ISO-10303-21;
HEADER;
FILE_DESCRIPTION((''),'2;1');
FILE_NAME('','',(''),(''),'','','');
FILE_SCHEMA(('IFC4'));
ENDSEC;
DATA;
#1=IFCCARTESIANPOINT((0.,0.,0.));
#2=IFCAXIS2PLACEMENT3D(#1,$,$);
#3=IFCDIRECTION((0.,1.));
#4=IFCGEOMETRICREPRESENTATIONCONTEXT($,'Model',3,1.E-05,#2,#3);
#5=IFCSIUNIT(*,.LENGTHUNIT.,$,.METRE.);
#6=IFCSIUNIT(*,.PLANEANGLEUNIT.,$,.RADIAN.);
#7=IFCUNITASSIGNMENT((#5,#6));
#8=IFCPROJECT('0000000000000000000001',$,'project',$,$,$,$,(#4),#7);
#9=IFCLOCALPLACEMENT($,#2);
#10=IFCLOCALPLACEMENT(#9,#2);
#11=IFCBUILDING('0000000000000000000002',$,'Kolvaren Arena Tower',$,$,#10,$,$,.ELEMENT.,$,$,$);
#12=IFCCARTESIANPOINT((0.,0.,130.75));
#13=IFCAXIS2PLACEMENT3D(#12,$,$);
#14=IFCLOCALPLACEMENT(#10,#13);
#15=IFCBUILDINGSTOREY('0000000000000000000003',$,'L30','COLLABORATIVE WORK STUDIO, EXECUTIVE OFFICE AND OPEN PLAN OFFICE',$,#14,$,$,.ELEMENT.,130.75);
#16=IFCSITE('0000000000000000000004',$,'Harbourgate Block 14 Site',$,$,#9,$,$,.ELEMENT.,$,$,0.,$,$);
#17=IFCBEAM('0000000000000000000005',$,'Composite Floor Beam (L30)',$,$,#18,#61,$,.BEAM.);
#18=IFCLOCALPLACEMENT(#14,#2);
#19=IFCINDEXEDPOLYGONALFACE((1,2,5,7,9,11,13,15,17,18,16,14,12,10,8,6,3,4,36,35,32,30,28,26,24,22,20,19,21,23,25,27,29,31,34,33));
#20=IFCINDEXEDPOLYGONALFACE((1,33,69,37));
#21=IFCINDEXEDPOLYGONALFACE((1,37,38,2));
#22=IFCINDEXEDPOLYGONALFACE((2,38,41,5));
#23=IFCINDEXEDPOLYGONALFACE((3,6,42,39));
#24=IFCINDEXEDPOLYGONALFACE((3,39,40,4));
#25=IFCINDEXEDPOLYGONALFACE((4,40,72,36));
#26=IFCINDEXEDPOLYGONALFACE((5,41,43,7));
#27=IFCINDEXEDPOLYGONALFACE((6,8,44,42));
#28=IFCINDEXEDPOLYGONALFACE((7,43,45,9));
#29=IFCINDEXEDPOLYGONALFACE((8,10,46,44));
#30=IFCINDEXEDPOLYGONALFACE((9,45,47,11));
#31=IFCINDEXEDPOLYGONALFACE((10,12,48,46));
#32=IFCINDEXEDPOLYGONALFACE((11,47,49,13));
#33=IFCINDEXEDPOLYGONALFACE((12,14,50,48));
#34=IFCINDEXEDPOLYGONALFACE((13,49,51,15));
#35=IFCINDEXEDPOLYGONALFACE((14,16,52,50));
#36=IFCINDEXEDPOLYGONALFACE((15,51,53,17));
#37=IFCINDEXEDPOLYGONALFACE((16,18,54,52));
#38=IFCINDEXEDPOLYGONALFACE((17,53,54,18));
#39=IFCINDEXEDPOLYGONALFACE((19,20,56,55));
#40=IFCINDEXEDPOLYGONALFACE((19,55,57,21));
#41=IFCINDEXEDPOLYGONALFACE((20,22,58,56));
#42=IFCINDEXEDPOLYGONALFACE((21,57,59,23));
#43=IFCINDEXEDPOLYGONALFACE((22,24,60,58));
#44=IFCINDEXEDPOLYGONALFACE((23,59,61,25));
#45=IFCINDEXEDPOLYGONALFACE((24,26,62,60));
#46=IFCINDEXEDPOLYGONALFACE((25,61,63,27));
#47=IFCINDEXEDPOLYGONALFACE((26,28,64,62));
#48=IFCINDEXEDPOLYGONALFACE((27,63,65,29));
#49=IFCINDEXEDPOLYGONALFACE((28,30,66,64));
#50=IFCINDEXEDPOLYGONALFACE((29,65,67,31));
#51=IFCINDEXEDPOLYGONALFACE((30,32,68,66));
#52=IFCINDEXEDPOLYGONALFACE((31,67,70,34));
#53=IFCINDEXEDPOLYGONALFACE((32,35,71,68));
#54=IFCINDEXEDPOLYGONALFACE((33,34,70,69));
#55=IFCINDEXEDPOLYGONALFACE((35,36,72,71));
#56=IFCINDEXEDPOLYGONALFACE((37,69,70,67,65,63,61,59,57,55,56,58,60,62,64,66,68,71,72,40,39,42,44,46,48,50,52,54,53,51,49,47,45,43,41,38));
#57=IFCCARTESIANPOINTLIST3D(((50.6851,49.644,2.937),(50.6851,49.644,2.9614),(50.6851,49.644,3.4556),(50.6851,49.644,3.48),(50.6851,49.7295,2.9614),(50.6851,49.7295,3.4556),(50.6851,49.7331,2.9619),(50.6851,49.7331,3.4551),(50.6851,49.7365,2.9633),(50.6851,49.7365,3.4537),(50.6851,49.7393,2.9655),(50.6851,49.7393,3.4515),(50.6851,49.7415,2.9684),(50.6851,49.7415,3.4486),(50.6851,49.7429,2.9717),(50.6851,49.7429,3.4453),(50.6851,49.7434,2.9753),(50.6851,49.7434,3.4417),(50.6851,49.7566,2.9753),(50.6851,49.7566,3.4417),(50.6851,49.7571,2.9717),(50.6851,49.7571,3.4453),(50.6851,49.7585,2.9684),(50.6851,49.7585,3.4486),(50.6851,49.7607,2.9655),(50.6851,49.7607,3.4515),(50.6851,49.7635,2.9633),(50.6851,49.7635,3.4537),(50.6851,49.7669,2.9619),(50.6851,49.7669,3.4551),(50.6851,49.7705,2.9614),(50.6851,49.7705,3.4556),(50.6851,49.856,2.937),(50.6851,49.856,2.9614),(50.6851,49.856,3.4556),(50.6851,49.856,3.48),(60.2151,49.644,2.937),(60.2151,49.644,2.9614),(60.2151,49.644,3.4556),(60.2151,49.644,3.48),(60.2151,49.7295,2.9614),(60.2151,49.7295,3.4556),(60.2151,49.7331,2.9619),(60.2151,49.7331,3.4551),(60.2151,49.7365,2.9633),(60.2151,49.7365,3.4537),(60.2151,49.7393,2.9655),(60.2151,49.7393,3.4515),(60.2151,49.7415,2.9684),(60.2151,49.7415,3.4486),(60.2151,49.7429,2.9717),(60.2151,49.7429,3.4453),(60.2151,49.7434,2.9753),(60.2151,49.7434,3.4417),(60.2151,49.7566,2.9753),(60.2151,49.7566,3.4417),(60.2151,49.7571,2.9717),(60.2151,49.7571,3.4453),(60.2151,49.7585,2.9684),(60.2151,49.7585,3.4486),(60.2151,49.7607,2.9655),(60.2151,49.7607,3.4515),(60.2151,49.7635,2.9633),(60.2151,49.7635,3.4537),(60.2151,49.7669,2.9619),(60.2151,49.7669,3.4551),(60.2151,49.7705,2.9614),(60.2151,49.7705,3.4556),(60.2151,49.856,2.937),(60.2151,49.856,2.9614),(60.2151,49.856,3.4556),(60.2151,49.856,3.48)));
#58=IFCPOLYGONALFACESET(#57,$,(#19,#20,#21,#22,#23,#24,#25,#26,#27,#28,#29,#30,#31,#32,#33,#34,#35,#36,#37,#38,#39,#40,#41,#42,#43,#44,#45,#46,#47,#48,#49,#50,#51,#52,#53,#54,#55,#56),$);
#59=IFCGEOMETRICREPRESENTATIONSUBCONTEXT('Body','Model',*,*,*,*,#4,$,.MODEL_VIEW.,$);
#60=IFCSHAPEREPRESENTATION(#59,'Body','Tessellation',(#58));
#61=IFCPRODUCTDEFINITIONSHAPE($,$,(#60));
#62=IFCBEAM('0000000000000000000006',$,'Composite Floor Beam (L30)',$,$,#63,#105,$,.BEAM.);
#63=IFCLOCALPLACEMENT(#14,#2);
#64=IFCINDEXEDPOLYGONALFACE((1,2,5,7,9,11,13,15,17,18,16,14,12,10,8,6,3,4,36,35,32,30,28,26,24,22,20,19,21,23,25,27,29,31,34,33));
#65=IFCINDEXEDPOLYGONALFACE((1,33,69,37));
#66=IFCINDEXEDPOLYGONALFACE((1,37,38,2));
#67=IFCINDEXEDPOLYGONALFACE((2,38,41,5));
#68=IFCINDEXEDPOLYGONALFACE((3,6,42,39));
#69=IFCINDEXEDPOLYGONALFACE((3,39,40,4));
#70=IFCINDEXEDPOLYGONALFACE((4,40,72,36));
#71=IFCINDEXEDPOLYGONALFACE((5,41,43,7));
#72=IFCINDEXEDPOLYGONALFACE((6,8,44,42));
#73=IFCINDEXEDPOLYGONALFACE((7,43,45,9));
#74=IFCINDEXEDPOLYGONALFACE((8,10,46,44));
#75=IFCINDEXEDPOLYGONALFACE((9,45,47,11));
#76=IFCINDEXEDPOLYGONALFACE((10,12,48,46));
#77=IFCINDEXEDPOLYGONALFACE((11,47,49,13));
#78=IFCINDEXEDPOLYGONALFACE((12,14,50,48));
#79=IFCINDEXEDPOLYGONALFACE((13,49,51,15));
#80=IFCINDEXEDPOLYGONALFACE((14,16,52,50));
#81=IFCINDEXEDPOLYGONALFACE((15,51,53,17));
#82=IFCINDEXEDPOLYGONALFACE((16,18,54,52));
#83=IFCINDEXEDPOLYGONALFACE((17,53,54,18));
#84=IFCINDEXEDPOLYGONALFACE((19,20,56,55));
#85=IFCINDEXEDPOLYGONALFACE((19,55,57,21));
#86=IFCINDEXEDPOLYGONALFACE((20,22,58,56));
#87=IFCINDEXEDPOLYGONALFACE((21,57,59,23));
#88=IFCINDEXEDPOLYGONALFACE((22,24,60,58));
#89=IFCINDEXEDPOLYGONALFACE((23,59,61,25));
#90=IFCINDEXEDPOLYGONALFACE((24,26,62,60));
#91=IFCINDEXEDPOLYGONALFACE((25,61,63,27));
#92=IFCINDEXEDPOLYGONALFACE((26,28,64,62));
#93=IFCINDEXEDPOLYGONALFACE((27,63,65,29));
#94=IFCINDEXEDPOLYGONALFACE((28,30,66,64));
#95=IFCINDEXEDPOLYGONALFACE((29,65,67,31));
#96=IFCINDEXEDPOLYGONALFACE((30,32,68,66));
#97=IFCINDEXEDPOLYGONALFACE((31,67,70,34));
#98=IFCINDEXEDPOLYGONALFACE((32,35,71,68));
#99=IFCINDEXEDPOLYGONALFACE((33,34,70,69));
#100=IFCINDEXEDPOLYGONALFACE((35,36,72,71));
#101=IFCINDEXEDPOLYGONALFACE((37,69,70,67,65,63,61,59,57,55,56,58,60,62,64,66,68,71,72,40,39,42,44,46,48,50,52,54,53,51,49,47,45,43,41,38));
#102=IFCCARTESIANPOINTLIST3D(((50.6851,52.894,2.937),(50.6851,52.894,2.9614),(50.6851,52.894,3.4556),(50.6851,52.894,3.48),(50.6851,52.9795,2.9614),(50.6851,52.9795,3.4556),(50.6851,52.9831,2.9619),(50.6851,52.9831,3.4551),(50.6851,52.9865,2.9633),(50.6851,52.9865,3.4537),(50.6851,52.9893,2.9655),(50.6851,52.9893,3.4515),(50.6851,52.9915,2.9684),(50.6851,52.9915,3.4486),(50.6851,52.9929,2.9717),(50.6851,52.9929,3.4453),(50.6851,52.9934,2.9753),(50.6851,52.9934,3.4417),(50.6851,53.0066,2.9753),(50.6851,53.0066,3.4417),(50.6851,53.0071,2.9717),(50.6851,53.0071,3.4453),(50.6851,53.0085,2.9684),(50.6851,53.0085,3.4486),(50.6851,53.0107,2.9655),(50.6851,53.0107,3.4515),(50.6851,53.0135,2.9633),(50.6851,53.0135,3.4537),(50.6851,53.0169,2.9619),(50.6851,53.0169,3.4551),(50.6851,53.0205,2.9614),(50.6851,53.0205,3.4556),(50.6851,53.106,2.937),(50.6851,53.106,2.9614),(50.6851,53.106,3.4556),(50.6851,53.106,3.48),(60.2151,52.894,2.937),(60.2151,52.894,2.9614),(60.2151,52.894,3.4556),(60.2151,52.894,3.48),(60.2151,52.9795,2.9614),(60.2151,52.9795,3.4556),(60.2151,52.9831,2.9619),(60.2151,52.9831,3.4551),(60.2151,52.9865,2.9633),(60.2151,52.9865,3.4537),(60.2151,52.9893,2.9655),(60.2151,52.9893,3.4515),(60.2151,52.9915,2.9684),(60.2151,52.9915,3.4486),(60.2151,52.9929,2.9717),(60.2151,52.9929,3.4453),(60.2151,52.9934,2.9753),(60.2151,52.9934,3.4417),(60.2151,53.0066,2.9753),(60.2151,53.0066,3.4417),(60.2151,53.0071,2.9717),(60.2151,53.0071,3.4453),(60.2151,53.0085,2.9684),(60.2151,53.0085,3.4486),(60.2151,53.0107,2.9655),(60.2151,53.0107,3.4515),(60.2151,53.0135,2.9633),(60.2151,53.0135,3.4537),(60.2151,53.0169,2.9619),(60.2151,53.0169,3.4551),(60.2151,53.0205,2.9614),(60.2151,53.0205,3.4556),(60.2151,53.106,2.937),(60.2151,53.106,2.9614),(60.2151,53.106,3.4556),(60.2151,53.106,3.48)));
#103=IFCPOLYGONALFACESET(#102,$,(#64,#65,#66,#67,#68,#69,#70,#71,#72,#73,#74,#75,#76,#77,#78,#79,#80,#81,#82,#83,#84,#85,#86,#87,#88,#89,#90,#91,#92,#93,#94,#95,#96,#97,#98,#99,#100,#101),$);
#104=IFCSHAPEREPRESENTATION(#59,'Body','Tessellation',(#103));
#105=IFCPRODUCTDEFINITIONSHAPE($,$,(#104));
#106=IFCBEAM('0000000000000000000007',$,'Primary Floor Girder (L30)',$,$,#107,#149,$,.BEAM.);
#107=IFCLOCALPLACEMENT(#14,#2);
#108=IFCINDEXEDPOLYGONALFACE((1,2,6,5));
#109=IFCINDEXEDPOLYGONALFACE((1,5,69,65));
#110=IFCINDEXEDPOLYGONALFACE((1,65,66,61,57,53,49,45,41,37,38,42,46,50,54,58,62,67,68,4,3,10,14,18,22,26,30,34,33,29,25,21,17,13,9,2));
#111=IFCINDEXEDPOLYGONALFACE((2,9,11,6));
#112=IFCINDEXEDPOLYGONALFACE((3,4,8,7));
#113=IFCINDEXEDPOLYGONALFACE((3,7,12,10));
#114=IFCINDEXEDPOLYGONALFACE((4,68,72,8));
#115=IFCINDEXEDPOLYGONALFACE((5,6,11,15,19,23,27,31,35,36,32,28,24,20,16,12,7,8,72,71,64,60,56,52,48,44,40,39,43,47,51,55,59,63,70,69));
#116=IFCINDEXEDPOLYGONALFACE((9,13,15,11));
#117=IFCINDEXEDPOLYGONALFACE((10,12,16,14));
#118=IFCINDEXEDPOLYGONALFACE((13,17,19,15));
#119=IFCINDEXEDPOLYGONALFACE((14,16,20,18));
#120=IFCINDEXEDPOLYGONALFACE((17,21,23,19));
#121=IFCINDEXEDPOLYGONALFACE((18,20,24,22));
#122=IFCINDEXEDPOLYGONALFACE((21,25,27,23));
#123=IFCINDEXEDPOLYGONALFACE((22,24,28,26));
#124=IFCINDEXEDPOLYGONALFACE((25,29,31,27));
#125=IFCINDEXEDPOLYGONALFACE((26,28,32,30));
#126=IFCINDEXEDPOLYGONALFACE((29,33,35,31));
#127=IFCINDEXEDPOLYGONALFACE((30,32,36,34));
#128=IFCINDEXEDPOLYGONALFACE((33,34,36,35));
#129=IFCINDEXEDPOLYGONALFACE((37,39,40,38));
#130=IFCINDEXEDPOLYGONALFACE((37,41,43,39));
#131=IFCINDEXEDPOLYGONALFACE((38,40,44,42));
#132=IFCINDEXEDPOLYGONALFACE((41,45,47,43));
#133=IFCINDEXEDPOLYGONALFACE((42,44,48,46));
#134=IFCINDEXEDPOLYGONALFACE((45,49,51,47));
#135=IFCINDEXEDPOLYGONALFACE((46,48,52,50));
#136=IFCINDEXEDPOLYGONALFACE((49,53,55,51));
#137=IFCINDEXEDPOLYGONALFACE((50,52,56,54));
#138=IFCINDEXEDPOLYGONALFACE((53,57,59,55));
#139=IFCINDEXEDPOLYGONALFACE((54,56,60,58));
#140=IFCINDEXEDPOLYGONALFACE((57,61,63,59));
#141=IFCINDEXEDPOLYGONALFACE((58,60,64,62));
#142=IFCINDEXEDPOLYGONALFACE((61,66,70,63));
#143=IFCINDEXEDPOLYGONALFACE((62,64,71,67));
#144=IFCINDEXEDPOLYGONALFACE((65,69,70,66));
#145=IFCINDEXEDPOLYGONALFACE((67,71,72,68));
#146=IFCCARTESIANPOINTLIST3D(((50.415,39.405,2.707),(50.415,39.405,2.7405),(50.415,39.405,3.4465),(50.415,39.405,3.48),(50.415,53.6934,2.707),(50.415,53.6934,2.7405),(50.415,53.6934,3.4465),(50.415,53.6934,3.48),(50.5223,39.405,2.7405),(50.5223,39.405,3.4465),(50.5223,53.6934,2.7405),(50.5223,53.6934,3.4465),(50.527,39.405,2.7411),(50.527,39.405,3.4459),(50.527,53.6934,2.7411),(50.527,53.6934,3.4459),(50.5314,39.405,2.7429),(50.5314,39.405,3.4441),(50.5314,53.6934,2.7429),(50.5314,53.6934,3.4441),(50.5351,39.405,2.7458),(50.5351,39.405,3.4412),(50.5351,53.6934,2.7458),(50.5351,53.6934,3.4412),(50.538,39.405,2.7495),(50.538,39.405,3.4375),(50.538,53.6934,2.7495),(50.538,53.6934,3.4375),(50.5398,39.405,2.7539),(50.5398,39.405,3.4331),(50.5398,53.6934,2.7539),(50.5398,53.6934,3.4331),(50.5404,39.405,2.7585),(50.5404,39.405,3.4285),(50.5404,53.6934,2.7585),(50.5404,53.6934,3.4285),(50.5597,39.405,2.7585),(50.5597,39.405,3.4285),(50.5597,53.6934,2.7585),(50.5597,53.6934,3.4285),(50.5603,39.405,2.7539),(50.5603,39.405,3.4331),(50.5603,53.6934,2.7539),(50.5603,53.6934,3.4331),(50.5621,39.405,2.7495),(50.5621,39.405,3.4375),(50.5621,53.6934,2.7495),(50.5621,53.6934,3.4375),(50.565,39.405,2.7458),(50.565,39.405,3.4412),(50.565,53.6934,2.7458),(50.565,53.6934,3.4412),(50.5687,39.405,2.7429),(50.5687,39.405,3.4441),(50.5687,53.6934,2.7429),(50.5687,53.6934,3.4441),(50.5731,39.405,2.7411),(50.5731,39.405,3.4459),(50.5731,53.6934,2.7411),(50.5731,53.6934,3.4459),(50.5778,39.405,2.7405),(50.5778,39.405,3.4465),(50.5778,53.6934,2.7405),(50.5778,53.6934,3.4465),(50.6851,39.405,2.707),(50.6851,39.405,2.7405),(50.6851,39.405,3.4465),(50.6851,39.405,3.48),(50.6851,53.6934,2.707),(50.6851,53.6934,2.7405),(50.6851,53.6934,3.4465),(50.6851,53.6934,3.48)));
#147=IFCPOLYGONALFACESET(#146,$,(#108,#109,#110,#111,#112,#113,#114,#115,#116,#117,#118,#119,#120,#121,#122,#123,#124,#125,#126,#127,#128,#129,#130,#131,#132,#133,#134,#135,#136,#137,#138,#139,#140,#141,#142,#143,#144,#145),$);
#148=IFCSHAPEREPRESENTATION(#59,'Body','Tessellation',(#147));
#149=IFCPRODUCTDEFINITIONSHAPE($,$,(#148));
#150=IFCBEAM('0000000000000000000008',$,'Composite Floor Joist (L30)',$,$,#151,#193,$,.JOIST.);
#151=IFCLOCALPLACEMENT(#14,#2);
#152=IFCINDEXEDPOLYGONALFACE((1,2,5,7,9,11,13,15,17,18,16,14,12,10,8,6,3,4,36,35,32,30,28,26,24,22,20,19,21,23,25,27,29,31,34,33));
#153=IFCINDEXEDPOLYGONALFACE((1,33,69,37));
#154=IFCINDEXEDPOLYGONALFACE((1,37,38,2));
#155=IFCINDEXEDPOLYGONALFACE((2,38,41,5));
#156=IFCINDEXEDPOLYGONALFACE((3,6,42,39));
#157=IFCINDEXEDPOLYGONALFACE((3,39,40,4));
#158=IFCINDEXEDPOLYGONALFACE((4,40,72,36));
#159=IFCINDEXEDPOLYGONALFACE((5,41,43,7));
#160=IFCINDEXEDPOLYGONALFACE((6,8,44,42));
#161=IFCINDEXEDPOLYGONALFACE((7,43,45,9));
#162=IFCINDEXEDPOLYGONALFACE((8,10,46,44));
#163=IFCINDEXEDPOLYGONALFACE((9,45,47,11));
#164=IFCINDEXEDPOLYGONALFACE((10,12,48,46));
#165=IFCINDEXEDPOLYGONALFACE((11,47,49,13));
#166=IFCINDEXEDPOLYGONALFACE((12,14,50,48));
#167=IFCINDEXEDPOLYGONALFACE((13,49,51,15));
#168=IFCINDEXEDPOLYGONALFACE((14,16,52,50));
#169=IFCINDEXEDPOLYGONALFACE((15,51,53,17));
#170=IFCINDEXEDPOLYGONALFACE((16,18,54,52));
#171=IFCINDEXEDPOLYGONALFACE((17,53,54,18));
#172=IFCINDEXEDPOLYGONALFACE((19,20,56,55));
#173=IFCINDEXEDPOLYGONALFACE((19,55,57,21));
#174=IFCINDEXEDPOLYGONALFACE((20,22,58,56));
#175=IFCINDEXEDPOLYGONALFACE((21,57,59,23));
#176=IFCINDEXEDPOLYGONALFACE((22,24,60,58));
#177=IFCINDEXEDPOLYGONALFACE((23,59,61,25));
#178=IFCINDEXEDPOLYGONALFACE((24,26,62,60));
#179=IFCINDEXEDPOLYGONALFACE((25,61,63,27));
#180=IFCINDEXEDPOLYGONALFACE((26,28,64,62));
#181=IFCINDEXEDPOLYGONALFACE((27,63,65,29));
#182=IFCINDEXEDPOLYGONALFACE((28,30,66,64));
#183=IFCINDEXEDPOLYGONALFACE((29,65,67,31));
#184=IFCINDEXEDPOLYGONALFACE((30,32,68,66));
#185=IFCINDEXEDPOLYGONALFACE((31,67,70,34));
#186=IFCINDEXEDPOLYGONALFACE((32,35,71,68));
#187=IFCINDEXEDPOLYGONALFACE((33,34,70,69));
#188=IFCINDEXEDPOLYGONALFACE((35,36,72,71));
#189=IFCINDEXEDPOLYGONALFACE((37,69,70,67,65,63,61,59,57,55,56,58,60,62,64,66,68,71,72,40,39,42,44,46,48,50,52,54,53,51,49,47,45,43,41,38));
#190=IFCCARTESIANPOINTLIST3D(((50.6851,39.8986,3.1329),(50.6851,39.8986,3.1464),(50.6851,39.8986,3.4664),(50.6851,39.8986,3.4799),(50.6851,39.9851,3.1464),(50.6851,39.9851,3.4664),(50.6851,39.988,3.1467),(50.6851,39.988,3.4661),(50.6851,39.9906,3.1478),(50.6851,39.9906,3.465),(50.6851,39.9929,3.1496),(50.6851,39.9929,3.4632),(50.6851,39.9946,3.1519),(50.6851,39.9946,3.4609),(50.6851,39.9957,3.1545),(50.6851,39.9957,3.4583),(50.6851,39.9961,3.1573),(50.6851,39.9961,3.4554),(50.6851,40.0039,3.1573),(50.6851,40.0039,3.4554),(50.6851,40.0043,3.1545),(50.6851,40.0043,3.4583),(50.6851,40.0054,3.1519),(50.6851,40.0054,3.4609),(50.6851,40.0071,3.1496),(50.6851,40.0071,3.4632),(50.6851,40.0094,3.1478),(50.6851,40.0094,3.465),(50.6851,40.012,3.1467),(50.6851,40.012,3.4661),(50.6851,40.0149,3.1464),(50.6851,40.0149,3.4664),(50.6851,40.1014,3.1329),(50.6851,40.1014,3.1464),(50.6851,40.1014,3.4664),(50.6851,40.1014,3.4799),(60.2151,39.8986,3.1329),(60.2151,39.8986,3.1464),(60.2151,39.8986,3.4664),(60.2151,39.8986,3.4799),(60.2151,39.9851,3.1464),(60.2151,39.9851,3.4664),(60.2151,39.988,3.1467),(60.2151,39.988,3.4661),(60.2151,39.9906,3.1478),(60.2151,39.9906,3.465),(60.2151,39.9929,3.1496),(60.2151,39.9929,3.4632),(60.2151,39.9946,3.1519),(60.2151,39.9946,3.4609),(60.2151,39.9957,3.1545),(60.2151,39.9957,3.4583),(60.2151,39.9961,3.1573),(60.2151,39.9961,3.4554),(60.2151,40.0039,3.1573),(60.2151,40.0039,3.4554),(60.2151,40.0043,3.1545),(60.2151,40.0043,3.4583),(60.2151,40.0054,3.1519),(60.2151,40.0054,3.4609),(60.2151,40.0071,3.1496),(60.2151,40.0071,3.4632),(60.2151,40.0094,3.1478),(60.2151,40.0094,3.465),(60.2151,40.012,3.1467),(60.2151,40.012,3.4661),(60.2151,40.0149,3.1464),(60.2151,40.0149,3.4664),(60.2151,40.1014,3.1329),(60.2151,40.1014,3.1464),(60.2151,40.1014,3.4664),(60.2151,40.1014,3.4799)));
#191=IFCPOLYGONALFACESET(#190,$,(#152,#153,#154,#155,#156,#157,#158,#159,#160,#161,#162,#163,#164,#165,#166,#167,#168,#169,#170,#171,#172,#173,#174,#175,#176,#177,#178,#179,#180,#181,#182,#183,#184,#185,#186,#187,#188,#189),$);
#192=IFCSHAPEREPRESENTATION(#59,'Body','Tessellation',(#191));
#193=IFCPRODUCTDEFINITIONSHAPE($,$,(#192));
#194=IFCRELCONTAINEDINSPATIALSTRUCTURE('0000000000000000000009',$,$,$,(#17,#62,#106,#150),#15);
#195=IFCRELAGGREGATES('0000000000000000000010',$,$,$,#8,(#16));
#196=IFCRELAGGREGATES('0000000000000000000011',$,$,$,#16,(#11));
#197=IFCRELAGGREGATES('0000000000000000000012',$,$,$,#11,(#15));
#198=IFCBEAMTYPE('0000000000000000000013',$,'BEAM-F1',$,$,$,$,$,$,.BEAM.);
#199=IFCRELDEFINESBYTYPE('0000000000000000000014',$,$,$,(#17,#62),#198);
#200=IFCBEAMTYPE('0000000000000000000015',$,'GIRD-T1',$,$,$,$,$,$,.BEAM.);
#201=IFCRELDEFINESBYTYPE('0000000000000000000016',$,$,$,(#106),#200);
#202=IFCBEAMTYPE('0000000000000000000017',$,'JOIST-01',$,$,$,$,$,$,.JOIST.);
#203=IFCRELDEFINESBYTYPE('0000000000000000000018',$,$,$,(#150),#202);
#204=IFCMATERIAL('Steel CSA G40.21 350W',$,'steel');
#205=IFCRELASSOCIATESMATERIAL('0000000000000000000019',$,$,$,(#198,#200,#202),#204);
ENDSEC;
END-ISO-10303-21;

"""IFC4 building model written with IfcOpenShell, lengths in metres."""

from ifc_helpers import new_model, si_unit, direction, frame, origin, origin_2d, place, context, subcontext, project, spatial, i_section, extrude, material, material_profile, profile_set, type_object, element, save


model = new_model("IFC4")

# Units and contexts
model_context = context("Model", 3, precision=1e-05, world=origin(), true_north=direction((0.0, 1.0)))
body_context = subcontext(model_context, "Body", "Model", "MODEL_VIEW")
ifc_project = project(units=[si_unit("LENGTHUNIT", "METRE"), si_unit("PLANEANGLEUNIT", "RADIAN")], contexts=[model_context])

# Site, building, storey
site_placement = place(None, origin())
site = spatial("IfcSite", under=ifc_project, at=site_placement, Name="Harbourgate Block 14 Site", CompositionType="ELEMENT", RefElevation=0.0)
building_placement = place(site_placement, origin())
building = spatial("IfcBuilding", under=site, at=building_placement, Name="Kolvaren Arena Tower", CompositionType="ELEMENT")
storey_placement = place(building_placement, frame((0.0, 0.0, 130.75)))
storey = spatial("IfcBuildingStorey", under=building, at=storey_placement, Name="L30", Description="COLLABORATIVE WORK STUDIO, EXECUTIVE OFFICE AND OPEN PLAN OFFICE", CompositionType="ELEMENT", Elevation=130.75)

# Beams
ifc_material_1 = material(Name="Steel CSA G40.21 350W", Category="steel")
ifc_material_profile_1 = material_profile(ifc_material_1, i_section(OverallWidth=0.2119, OverallDepth=0.543, WebThickness=0.0132, FlangeThickness=0.0244, FilletRadius=0.0139, at=origin_2d()), Name="W530x150")
ifc_profile_set_1 = profile_set([ifc_material_profile_1], Name="Steel CSA G40.21 350W")
beam_type_1 = type_object("IfcBeamType", Name="BEAM-F1", PredefinedType="BEAM", material=ifc_profile_set_1)
for number, where, z_axis, x_axis, name in (
    (1, (50.6851, 49.75, 3.2085), (1.0, 0.0, 0.0), (0.0, 1.0, 0.0), "Composite Floor Beam (L30)"),
    (2, (50.6851, 53.0, 3.2085), (1.0, 0.0, 0.0), (0.0, 1.0, 0.0), "Composite Floor Beam (L30)"),
):
    element("IfcBeam", number, at=place(storey_placement, frame(where, z_axis=z_axis, x_axis=x_axis)), inside=storey, type_object=beam_type_1, Name=name, PredefinedType="BEAM", context=body_context, shape_type="SweptSolid", body=[
        extrude(i_section(OverallWidth=0.2119, OverallDepth=0.543, WebThickness=0.0132, FlangeThickness=0.0244, FilletRadius=0.0139, at=origin_2d()), origin(), (0.0, 0.0, 1.0), 9.53),
    ])
ifc_material_profile_2 = material_profile(ifc_material_1, i_section(OverallWidth=0.27, OverallDepth=0.7729, WebThickness=0.0193, FlangeThickness=0.0334, FilletRadius=0.0181, at=origin_2d()), Name="W760x257")
ifc_profile_set_2 = profile_set([ifc_material_profile_2], Name="Steel CSA G40.21 350W")
beam_type_2 = type_object("IfcBeamType", Name="GIRD-T1", PredefinedType="BEAM", material=ifc_profile_set_2)
beam_1_placement = place(storey_placement, frame((50.55, 39.405, 3.0935), z_axis=(0.0, 1.0, 0.0), x_axis=(-1.0, 0.0, 0.0)))
element("IfcBeam", 3, at=beam_1_placement, inside=storey, type_object=beam_type_2, Name="Primary Floor Girder (L30)", PredefinedType="BEAM", context=body_context, shape_type="SweptSolid", body=[
    extrude(i_section(OverallWidth=0.27, OverallDepth=0.7729, WebThickness=0.0193, FlangeThickness=0.0334, FilletRadius=0.0181, at=origin_2d()), origin(), (0.0, 0.0, 1.0), 14.2883),
])
ifc_material_profile_3 = material_profile(ifc_material_1, i_section(OverallWidth=0.2029, OverallDepth=0.3469, WebThickness=0.0078, FlangeThickness=0.0134, FilletRadius=0.011, at=origin_2d()), Name="W360x64")
ifc_profile_set_3 = profile_set([ifc_material_profile_3], Name="Steel CSA G40.21 350W")
beam_type_3 = type_object("IfcBeamType", Name="JOIST-01", PredefinedType="JOIST", material=ifc_profile_set_3)
beam_2_placement = place(storey_placement, frame((50.6851, 40.0, 3.3064), z_axis=(1.0, 0.0, 0.0), x_axis=(0.0, 1.0, 0.0)))
element("IfcBeam", 4, at=beam_2_placement, inside=storey, type_object=beam_type_3, Name="Composite Floor Joist (L30)", PredefinedType="JOIST", context=body_context, shape_type="SweptSolid", body=[
    extrude(i_section(OverallWidth=0.2029, OverallDepth=0.3469, WebThickness=0.0078, FlangeThickness=0.0134, FilletRadius=0.011, at=origin_2d()), origin(), (0.0, 0.0, 1.0), 9.53),
])

save(model, "model.ifc")
